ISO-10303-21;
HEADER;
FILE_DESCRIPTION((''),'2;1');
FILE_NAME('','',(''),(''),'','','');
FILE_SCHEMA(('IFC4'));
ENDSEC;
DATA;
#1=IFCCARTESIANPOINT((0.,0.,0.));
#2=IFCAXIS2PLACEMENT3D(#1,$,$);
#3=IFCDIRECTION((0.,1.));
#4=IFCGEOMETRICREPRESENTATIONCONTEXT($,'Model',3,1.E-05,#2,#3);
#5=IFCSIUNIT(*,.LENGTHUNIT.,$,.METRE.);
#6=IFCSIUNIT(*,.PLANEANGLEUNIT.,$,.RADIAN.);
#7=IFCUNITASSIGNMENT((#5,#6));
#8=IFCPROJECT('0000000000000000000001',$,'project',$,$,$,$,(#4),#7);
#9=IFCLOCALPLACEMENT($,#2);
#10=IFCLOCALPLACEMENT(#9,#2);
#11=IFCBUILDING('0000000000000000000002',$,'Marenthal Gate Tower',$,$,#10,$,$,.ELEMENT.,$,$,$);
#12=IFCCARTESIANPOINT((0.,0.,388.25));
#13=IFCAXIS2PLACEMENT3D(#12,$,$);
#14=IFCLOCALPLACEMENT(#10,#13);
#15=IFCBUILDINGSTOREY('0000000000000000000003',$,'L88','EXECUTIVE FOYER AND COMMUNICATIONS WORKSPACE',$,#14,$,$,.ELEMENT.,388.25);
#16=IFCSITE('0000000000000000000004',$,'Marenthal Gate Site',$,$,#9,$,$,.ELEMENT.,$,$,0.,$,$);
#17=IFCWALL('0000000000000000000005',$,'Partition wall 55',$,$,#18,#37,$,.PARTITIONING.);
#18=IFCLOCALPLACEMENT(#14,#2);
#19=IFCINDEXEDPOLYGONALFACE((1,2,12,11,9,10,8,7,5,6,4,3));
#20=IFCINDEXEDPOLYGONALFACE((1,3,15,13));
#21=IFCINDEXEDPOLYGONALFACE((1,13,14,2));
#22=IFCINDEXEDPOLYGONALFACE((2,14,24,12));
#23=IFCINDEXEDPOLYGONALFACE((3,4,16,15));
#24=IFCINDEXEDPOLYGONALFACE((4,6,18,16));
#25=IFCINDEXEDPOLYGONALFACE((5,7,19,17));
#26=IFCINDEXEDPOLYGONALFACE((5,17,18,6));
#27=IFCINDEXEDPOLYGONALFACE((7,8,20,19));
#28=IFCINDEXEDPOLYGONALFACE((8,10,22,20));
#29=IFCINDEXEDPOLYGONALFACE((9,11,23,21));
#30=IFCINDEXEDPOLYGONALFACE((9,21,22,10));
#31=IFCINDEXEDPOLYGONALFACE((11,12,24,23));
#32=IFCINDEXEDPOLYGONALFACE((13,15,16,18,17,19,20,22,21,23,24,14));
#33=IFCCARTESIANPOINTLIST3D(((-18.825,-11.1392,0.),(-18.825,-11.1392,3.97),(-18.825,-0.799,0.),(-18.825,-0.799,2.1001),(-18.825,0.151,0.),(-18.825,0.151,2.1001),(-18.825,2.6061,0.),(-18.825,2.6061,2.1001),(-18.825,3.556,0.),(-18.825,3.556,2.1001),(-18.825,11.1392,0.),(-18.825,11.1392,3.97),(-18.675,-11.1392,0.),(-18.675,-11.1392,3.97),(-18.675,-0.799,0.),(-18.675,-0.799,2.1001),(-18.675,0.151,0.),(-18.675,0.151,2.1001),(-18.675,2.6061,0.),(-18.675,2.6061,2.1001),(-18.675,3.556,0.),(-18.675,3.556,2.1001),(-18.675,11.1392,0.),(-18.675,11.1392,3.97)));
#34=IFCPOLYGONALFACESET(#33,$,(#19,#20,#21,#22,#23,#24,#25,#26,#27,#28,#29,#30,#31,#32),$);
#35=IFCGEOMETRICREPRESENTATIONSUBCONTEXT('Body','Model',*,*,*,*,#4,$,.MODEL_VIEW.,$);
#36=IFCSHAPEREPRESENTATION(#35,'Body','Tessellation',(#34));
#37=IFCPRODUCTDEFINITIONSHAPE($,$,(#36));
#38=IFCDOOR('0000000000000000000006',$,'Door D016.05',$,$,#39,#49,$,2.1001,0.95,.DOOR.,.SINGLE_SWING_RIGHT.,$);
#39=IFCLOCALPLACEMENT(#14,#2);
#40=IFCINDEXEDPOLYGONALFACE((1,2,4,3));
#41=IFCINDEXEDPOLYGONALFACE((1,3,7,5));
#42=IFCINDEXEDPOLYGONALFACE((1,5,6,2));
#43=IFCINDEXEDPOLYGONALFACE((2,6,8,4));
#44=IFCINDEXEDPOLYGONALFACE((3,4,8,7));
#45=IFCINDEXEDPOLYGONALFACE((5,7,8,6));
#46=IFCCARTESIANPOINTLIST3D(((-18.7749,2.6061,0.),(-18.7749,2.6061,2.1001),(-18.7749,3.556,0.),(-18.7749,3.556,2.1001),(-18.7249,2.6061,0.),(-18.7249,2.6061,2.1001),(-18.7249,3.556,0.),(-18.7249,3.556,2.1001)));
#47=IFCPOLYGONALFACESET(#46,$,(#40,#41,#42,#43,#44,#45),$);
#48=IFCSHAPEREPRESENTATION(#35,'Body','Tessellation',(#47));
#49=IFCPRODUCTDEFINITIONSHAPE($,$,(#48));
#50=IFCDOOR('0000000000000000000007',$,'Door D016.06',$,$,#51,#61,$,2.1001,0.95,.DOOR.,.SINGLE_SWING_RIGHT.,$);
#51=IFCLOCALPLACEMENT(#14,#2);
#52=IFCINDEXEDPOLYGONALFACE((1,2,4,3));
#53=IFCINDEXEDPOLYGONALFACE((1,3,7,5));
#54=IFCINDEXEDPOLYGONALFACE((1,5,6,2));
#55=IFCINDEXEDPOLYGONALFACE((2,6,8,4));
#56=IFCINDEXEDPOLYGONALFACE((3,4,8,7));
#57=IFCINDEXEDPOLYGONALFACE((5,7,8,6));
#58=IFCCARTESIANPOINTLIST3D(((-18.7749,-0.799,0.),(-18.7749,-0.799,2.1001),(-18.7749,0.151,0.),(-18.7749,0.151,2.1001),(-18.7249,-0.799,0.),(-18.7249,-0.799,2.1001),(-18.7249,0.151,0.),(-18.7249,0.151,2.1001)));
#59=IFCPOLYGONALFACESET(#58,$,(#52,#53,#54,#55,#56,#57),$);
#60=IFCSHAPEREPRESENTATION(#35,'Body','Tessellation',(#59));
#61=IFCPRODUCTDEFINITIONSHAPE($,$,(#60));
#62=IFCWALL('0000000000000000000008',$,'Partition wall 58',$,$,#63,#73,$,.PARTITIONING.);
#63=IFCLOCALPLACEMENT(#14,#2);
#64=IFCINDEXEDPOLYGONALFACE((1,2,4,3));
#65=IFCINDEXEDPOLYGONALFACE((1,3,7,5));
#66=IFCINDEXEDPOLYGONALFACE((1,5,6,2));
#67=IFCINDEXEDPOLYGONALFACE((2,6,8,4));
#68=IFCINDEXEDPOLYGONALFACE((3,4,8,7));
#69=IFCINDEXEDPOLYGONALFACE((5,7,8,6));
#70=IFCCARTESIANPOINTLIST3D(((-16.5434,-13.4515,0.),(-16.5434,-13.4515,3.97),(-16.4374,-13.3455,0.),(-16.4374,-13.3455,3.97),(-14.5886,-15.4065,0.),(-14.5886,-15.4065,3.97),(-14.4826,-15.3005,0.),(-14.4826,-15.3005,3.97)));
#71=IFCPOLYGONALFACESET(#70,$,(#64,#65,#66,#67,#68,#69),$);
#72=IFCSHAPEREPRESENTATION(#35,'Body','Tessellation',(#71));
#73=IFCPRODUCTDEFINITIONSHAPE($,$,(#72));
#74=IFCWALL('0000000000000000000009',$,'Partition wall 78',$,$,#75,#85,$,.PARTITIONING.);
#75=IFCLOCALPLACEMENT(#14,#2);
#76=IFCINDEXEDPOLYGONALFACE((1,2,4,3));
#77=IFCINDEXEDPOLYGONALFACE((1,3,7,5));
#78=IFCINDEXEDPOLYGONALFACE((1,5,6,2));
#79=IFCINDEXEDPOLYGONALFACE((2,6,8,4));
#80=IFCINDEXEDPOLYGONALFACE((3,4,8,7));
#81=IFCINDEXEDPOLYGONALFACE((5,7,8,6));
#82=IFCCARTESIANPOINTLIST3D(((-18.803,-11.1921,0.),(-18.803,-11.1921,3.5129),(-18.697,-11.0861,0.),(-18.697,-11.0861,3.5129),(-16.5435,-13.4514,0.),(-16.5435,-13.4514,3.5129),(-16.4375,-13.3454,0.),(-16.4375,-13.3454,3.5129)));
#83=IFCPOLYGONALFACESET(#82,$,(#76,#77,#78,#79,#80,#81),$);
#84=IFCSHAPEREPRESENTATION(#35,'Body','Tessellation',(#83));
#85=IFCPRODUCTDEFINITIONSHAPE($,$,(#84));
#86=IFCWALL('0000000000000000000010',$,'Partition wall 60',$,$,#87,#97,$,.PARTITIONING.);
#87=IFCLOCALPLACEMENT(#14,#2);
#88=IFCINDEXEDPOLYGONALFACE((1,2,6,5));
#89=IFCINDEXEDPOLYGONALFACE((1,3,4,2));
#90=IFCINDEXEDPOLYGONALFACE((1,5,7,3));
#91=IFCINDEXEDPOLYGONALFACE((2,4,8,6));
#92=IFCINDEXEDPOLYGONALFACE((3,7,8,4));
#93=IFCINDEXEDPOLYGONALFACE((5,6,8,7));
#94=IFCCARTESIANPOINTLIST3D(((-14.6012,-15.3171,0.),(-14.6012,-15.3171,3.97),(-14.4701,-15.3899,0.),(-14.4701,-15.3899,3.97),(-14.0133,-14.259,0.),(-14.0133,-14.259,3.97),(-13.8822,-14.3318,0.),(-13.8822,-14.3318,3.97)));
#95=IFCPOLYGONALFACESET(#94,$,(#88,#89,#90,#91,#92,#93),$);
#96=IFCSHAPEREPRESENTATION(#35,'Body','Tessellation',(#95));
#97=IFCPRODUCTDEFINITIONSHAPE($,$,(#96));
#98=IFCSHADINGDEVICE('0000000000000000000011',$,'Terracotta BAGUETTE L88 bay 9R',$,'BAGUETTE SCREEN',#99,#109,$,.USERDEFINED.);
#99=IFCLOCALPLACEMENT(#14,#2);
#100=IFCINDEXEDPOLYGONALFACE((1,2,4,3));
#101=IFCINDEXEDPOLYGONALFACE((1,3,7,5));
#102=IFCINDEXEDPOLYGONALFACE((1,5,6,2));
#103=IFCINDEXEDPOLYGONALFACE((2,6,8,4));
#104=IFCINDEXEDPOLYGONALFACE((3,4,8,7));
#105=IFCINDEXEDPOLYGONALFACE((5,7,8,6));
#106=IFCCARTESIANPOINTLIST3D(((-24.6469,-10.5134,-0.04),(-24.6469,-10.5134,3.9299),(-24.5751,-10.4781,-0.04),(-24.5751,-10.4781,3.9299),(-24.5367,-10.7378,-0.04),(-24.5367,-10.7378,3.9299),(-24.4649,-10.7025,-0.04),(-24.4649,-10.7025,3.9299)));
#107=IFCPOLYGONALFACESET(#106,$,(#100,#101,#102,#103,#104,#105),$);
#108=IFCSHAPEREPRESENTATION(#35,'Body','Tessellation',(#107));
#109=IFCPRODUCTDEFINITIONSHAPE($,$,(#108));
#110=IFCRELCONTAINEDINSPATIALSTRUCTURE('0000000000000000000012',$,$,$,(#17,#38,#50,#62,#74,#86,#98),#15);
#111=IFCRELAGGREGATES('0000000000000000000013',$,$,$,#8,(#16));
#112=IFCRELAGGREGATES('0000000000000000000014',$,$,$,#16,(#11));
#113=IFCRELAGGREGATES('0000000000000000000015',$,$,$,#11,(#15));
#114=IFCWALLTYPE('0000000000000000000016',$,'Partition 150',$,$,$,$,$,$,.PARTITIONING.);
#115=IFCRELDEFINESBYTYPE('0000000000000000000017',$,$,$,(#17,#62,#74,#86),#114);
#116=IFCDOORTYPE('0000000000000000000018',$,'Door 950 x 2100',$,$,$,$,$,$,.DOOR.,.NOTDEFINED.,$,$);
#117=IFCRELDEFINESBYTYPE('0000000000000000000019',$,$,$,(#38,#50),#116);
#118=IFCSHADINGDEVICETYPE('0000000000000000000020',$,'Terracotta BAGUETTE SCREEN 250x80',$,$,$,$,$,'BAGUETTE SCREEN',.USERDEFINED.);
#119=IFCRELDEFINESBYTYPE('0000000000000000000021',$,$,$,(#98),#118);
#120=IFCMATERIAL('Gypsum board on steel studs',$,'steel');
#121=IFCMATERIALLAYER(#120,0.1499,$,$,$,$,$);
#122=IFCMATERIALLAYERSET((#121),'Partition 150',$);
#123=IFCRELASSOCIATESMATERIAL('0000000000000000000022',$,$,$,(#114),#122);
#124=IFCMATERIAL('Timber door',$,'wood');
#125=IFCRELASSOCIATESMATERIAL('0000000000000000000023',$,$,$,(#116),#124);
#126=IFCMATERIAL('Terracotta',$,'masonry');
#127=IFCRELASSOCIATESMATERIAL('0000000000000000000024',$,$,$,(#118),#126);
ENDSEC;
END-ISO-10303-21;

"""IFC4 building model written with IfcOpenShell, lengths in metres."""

from ifc_helpers import new_model, si_unit, direction, frame, frame_2d, origin, origin_2d, place, context, subcontext, project, spatial, rectangle, extrude, material, layer, layer_set, material_profile, profile_set, type_object, element, fill, save


model = new_model("IFC4")

# Units and contexts
model_context = context("Model", 3, precision=1e-05, world=origin(), true_north=direction((0.0, 1.0)))
body_context = subcontext(model_context, "Body", "Model", "MODEL_VIEW")
ifc_project = project(units=[si_unit("LENGTHUNIT", "METRE"), si_unit("PLANEANGLEUNIT", "RADIAN")], contexts=[model_context])

# Site, building, storey
site_placement = place(None, origin())
site = spatial("IfcSite", under=ifc_project, at=site_placement, Name="Marenthal Gate Site", CompositionType="ELEMENT", RefElevation=0.0)
building_placement = place(site_placement, origin())
building = spatial("IfcBuilding", under=site, at=building_placement, Name="Marenthal Gate Tower", CompositionType="ELEMENT")
storey_placement = place(building_placement, frame((0.0, 0.0, 388.25)))
storey = spatial("IfcBuildingStorey", under=building, at=storey_placement, Name="L88", Description="EXECUTIVE FOYER AND COMMUNICATIONS WORKSPACE", CompositionType="ELEMENT", Elevation=388.25)

# Wall, openings, doors
ifc_material_1 = material(Name="Gypsum board on steel studs", Category="steel")
ifc_layer_1 = layer(ifc_material_1, 0.1499)
ifc_layer_set_1 = layer_set([ifc_layer_1], Name="Partition 150")
wall_type_1 = type_object("IfcWallType", Name="Partition 150", PredefinedType="PARTITIONING", material=ifc_layer_set_1)
wall_1_placement = place(storey_placement, frame((-18.75, -11.1392, 0.0), z_axis=(0.0, 0.0, 1.0), x_axis=(0.0, 1.0, 0.0)))
wall_1 = element("IfcWall", 1, at=wall_1_placement, inside=storey, type_object=wall_type_1, Name="Partition wall 55", PredefinedType="PARTITIONING", context=body_context, shape_type="SweptSolid", body=[
    extrude(rectangle(XDim=22.2783, YDim=0.1499, at=frame_2d((11.1392, 0.0))), origin(), (0.0, 0.0, 1.0), 3.97),
])
opening_1_placement = place(wall_1_placement, frame((13.7451, 0.0, 0.0)))
opening_1 = element("IfcOpeningElement", 2, at=opening_1_placement, cuts=wall_1, PredefinedType="OPENING", context=body_context, shape_type="SweptSolid", body=[
    extrude(rectangle(XDim=0.95, YDim=2.1001, at=frame_2d((0.4751, 1.05))), frame((0.0, 0.085, 0.0), z_axis=(0.0, -1.0, 0.0), x_axis=(1.0, 0.0, 0.0)), (0.0, 0.0, 1.0), 0.1699),
])
opening_2_placement = place(wall_1_placement, frame((10.3401, 0.0, 0.0)))
opening_2 = element("IfcOpeningElement", 3, at=opening_2_placement, cuts=wall_1, PredefinedType="OPENING", context=body_context, shape_type="SweptSolid", body=[
    extrude(rectangle(XDim=0.95, YDim=2.1001, at=frame_2d((0.4751, 1.05))), frame((0.0, 0.085, 0.0), z_axis=(0.0, -1.0, 0.0), x_axis=(1.0, 0.0, 0.0)), (0.0, 0.0, 1.0), 0.1699),
])
ifc_material_2 = material(Name="Timber door", Category="wood")
door_type_1 = type_object("IfcDoorType", Name="Door 950 x 2100", OperationType="NOTDEFINED", PredefinedType="DOOR", material=ifc_material_2)
door_1_placement = place(opening_1_placement, origin())
door_1 = element("IfcDoor", 4, at=door_1_placement, inside=storey, type_object=door_type_1, Name="Door D016.05", OperationType="SINGLE_SWING_RIGHT", OverallHeight=2.1001, OverallWidth=0.95, PredefinedType="DOOR", context=body_context, shape_type="SweptSolid", body=[
    extrude(rectangle(XDim=0.95, YDim=2.1001, at=frame_2d((0.4751, 1.05))), frame((0.0, 0.0249, 0.0), z_axis=(0.0, -1.0, 0.0), x_axis=(1.0, 0.0, 0.0)), (0.0, 0.0, 1.0), 0.05),
])
fill(opening_1, door_1)
door_2_placement = place(opening_2_placement, origin())
door_2 = element("IfcDoor", 5, at=door_2_placement, inside=storey, type_object=door_type_1, Name="Door D016.06", OperationType="SINGLE_SWING_RIGHT", OverallHeight=2.1001, OverallWidth=0.95, PredefinedType="DOOR", context=body_context, shape_type="SweptSolid", body=[
    extrude(rectangle(XDim=0.95, YDim=2.1001, at=frame_2d((0.4751, 1.05))), frame((0.0, 0.0249, 0.0), z_axis=(0.0, -1.0, 0.0), x_axis=(1.0, 0.0, 0.0)), (0.0, 0.0, 1.0), 0.05),
])
fill(opening_2, door_2)

# Walls
wall_2_placement = place(storey_placement, frame((-14.5356, -15.3535, 0.0), z_axis=(0.0, 0.0, 1.0), x_axis=(-0.707063, 0.707151, 0.0)))
element("IfcWall", 6, at=wall_2_placement, inside=storey, type_object=wall_type_1, Name="Partition wall 58", PredefinedType="PARTITIONING", context=body_context, shape_type="SweptSolid", body=[
    extrude(rectangle(XDim=2.7646, YDim=0.1499, at=frame_2d((1.3823, 0.0))), origin(), (0.0, 0.0, 1.0), 3.97),
])
wall_3_placement = place(storey_placement, frame((-16.4905, -13.3984, 0.0), z_axis=(0.0, 0.0, 1.0), x_axis=(-0.707145, 0.707069, 0.0)))
element("IfcWall", 7, at=wall_3_placement, inside=storey, type_object=wall_type_1, Name="Partition wall 78", PredefinedType="PARTITIONING", context=body_context, shape_type="SweptSolid", body=[
    extrude(rectangle(XDim=3.1953, YDim=0.1499, at=frame_2d((1.5977, 0.0))), origin(), (0.0, 0.0, 1.0), 3.5129),
])
wall_4_placement = place(storey_placement, frame((-13.9478, -14.2954, 0.0), z_axis=(0.0, 0.0, 1.0), x_axis=(-0.485677, -0.874138, 0.0)))
element("IfcWall", 8, at=wall_4_placement, inside=storey, type_object=wall_type_1, Name="Partition wall 60", PredefinedType="PARTITIONING", context=body_context, shape_type="SweptSolid", body=[
    extrude(rectangle(XDim=1.2104, YDim=0.1499, at=frame_2d((0.6052, 0.0))), origin(), (0.0, 0.0, 1.0), 3.97),
])

# Shading device
ifc_material_3 = material(Name="Terracotta", Category="masonry")
ifc_material_profile_1 = material_profile(ifc_material_3, rectangle(XDim=0.25, YDim=0.0801, at=origin_2d()), Name="Terracotta baguette 250x80")
ifc_profile_set_1 = profile_set([ifc_material_profile_1], Name="Terracotta")
shading_device_type = type_object("IfcShadingDeviceType", Name="Terracotta BAGUETTE SCREEN 250x80", ElementType="BAGUETTE SCREEN", PredefinedType="USERDEFINED", material=ifc_profile_set_1)
shading_device_placement = place(storey_placement, frame((-24.5559, -10.6079, -0.04), z_axis=(0.0, 0.0, 1.0), x_axis=(0.44081, -0.8976, 0.0)))
element("IfcShadingDevice", 9, at=shading_device_placement, inside=storey, type_object=shading_device_type, Name="Terracotta BAGUETTE L88 bay 9R", ObjectType="BAGUETTE SCREEN", PredefinedType="USERDEFINED", context=body_context, shape_type="SweptSolid", body=[
    extrude(rectangle(XDim=0.25, YDim=0.0801, at=origin_2d()), origin(), (0.0, 0.0, 1.0), 3.97),
])

save(model, "model.ifc")
